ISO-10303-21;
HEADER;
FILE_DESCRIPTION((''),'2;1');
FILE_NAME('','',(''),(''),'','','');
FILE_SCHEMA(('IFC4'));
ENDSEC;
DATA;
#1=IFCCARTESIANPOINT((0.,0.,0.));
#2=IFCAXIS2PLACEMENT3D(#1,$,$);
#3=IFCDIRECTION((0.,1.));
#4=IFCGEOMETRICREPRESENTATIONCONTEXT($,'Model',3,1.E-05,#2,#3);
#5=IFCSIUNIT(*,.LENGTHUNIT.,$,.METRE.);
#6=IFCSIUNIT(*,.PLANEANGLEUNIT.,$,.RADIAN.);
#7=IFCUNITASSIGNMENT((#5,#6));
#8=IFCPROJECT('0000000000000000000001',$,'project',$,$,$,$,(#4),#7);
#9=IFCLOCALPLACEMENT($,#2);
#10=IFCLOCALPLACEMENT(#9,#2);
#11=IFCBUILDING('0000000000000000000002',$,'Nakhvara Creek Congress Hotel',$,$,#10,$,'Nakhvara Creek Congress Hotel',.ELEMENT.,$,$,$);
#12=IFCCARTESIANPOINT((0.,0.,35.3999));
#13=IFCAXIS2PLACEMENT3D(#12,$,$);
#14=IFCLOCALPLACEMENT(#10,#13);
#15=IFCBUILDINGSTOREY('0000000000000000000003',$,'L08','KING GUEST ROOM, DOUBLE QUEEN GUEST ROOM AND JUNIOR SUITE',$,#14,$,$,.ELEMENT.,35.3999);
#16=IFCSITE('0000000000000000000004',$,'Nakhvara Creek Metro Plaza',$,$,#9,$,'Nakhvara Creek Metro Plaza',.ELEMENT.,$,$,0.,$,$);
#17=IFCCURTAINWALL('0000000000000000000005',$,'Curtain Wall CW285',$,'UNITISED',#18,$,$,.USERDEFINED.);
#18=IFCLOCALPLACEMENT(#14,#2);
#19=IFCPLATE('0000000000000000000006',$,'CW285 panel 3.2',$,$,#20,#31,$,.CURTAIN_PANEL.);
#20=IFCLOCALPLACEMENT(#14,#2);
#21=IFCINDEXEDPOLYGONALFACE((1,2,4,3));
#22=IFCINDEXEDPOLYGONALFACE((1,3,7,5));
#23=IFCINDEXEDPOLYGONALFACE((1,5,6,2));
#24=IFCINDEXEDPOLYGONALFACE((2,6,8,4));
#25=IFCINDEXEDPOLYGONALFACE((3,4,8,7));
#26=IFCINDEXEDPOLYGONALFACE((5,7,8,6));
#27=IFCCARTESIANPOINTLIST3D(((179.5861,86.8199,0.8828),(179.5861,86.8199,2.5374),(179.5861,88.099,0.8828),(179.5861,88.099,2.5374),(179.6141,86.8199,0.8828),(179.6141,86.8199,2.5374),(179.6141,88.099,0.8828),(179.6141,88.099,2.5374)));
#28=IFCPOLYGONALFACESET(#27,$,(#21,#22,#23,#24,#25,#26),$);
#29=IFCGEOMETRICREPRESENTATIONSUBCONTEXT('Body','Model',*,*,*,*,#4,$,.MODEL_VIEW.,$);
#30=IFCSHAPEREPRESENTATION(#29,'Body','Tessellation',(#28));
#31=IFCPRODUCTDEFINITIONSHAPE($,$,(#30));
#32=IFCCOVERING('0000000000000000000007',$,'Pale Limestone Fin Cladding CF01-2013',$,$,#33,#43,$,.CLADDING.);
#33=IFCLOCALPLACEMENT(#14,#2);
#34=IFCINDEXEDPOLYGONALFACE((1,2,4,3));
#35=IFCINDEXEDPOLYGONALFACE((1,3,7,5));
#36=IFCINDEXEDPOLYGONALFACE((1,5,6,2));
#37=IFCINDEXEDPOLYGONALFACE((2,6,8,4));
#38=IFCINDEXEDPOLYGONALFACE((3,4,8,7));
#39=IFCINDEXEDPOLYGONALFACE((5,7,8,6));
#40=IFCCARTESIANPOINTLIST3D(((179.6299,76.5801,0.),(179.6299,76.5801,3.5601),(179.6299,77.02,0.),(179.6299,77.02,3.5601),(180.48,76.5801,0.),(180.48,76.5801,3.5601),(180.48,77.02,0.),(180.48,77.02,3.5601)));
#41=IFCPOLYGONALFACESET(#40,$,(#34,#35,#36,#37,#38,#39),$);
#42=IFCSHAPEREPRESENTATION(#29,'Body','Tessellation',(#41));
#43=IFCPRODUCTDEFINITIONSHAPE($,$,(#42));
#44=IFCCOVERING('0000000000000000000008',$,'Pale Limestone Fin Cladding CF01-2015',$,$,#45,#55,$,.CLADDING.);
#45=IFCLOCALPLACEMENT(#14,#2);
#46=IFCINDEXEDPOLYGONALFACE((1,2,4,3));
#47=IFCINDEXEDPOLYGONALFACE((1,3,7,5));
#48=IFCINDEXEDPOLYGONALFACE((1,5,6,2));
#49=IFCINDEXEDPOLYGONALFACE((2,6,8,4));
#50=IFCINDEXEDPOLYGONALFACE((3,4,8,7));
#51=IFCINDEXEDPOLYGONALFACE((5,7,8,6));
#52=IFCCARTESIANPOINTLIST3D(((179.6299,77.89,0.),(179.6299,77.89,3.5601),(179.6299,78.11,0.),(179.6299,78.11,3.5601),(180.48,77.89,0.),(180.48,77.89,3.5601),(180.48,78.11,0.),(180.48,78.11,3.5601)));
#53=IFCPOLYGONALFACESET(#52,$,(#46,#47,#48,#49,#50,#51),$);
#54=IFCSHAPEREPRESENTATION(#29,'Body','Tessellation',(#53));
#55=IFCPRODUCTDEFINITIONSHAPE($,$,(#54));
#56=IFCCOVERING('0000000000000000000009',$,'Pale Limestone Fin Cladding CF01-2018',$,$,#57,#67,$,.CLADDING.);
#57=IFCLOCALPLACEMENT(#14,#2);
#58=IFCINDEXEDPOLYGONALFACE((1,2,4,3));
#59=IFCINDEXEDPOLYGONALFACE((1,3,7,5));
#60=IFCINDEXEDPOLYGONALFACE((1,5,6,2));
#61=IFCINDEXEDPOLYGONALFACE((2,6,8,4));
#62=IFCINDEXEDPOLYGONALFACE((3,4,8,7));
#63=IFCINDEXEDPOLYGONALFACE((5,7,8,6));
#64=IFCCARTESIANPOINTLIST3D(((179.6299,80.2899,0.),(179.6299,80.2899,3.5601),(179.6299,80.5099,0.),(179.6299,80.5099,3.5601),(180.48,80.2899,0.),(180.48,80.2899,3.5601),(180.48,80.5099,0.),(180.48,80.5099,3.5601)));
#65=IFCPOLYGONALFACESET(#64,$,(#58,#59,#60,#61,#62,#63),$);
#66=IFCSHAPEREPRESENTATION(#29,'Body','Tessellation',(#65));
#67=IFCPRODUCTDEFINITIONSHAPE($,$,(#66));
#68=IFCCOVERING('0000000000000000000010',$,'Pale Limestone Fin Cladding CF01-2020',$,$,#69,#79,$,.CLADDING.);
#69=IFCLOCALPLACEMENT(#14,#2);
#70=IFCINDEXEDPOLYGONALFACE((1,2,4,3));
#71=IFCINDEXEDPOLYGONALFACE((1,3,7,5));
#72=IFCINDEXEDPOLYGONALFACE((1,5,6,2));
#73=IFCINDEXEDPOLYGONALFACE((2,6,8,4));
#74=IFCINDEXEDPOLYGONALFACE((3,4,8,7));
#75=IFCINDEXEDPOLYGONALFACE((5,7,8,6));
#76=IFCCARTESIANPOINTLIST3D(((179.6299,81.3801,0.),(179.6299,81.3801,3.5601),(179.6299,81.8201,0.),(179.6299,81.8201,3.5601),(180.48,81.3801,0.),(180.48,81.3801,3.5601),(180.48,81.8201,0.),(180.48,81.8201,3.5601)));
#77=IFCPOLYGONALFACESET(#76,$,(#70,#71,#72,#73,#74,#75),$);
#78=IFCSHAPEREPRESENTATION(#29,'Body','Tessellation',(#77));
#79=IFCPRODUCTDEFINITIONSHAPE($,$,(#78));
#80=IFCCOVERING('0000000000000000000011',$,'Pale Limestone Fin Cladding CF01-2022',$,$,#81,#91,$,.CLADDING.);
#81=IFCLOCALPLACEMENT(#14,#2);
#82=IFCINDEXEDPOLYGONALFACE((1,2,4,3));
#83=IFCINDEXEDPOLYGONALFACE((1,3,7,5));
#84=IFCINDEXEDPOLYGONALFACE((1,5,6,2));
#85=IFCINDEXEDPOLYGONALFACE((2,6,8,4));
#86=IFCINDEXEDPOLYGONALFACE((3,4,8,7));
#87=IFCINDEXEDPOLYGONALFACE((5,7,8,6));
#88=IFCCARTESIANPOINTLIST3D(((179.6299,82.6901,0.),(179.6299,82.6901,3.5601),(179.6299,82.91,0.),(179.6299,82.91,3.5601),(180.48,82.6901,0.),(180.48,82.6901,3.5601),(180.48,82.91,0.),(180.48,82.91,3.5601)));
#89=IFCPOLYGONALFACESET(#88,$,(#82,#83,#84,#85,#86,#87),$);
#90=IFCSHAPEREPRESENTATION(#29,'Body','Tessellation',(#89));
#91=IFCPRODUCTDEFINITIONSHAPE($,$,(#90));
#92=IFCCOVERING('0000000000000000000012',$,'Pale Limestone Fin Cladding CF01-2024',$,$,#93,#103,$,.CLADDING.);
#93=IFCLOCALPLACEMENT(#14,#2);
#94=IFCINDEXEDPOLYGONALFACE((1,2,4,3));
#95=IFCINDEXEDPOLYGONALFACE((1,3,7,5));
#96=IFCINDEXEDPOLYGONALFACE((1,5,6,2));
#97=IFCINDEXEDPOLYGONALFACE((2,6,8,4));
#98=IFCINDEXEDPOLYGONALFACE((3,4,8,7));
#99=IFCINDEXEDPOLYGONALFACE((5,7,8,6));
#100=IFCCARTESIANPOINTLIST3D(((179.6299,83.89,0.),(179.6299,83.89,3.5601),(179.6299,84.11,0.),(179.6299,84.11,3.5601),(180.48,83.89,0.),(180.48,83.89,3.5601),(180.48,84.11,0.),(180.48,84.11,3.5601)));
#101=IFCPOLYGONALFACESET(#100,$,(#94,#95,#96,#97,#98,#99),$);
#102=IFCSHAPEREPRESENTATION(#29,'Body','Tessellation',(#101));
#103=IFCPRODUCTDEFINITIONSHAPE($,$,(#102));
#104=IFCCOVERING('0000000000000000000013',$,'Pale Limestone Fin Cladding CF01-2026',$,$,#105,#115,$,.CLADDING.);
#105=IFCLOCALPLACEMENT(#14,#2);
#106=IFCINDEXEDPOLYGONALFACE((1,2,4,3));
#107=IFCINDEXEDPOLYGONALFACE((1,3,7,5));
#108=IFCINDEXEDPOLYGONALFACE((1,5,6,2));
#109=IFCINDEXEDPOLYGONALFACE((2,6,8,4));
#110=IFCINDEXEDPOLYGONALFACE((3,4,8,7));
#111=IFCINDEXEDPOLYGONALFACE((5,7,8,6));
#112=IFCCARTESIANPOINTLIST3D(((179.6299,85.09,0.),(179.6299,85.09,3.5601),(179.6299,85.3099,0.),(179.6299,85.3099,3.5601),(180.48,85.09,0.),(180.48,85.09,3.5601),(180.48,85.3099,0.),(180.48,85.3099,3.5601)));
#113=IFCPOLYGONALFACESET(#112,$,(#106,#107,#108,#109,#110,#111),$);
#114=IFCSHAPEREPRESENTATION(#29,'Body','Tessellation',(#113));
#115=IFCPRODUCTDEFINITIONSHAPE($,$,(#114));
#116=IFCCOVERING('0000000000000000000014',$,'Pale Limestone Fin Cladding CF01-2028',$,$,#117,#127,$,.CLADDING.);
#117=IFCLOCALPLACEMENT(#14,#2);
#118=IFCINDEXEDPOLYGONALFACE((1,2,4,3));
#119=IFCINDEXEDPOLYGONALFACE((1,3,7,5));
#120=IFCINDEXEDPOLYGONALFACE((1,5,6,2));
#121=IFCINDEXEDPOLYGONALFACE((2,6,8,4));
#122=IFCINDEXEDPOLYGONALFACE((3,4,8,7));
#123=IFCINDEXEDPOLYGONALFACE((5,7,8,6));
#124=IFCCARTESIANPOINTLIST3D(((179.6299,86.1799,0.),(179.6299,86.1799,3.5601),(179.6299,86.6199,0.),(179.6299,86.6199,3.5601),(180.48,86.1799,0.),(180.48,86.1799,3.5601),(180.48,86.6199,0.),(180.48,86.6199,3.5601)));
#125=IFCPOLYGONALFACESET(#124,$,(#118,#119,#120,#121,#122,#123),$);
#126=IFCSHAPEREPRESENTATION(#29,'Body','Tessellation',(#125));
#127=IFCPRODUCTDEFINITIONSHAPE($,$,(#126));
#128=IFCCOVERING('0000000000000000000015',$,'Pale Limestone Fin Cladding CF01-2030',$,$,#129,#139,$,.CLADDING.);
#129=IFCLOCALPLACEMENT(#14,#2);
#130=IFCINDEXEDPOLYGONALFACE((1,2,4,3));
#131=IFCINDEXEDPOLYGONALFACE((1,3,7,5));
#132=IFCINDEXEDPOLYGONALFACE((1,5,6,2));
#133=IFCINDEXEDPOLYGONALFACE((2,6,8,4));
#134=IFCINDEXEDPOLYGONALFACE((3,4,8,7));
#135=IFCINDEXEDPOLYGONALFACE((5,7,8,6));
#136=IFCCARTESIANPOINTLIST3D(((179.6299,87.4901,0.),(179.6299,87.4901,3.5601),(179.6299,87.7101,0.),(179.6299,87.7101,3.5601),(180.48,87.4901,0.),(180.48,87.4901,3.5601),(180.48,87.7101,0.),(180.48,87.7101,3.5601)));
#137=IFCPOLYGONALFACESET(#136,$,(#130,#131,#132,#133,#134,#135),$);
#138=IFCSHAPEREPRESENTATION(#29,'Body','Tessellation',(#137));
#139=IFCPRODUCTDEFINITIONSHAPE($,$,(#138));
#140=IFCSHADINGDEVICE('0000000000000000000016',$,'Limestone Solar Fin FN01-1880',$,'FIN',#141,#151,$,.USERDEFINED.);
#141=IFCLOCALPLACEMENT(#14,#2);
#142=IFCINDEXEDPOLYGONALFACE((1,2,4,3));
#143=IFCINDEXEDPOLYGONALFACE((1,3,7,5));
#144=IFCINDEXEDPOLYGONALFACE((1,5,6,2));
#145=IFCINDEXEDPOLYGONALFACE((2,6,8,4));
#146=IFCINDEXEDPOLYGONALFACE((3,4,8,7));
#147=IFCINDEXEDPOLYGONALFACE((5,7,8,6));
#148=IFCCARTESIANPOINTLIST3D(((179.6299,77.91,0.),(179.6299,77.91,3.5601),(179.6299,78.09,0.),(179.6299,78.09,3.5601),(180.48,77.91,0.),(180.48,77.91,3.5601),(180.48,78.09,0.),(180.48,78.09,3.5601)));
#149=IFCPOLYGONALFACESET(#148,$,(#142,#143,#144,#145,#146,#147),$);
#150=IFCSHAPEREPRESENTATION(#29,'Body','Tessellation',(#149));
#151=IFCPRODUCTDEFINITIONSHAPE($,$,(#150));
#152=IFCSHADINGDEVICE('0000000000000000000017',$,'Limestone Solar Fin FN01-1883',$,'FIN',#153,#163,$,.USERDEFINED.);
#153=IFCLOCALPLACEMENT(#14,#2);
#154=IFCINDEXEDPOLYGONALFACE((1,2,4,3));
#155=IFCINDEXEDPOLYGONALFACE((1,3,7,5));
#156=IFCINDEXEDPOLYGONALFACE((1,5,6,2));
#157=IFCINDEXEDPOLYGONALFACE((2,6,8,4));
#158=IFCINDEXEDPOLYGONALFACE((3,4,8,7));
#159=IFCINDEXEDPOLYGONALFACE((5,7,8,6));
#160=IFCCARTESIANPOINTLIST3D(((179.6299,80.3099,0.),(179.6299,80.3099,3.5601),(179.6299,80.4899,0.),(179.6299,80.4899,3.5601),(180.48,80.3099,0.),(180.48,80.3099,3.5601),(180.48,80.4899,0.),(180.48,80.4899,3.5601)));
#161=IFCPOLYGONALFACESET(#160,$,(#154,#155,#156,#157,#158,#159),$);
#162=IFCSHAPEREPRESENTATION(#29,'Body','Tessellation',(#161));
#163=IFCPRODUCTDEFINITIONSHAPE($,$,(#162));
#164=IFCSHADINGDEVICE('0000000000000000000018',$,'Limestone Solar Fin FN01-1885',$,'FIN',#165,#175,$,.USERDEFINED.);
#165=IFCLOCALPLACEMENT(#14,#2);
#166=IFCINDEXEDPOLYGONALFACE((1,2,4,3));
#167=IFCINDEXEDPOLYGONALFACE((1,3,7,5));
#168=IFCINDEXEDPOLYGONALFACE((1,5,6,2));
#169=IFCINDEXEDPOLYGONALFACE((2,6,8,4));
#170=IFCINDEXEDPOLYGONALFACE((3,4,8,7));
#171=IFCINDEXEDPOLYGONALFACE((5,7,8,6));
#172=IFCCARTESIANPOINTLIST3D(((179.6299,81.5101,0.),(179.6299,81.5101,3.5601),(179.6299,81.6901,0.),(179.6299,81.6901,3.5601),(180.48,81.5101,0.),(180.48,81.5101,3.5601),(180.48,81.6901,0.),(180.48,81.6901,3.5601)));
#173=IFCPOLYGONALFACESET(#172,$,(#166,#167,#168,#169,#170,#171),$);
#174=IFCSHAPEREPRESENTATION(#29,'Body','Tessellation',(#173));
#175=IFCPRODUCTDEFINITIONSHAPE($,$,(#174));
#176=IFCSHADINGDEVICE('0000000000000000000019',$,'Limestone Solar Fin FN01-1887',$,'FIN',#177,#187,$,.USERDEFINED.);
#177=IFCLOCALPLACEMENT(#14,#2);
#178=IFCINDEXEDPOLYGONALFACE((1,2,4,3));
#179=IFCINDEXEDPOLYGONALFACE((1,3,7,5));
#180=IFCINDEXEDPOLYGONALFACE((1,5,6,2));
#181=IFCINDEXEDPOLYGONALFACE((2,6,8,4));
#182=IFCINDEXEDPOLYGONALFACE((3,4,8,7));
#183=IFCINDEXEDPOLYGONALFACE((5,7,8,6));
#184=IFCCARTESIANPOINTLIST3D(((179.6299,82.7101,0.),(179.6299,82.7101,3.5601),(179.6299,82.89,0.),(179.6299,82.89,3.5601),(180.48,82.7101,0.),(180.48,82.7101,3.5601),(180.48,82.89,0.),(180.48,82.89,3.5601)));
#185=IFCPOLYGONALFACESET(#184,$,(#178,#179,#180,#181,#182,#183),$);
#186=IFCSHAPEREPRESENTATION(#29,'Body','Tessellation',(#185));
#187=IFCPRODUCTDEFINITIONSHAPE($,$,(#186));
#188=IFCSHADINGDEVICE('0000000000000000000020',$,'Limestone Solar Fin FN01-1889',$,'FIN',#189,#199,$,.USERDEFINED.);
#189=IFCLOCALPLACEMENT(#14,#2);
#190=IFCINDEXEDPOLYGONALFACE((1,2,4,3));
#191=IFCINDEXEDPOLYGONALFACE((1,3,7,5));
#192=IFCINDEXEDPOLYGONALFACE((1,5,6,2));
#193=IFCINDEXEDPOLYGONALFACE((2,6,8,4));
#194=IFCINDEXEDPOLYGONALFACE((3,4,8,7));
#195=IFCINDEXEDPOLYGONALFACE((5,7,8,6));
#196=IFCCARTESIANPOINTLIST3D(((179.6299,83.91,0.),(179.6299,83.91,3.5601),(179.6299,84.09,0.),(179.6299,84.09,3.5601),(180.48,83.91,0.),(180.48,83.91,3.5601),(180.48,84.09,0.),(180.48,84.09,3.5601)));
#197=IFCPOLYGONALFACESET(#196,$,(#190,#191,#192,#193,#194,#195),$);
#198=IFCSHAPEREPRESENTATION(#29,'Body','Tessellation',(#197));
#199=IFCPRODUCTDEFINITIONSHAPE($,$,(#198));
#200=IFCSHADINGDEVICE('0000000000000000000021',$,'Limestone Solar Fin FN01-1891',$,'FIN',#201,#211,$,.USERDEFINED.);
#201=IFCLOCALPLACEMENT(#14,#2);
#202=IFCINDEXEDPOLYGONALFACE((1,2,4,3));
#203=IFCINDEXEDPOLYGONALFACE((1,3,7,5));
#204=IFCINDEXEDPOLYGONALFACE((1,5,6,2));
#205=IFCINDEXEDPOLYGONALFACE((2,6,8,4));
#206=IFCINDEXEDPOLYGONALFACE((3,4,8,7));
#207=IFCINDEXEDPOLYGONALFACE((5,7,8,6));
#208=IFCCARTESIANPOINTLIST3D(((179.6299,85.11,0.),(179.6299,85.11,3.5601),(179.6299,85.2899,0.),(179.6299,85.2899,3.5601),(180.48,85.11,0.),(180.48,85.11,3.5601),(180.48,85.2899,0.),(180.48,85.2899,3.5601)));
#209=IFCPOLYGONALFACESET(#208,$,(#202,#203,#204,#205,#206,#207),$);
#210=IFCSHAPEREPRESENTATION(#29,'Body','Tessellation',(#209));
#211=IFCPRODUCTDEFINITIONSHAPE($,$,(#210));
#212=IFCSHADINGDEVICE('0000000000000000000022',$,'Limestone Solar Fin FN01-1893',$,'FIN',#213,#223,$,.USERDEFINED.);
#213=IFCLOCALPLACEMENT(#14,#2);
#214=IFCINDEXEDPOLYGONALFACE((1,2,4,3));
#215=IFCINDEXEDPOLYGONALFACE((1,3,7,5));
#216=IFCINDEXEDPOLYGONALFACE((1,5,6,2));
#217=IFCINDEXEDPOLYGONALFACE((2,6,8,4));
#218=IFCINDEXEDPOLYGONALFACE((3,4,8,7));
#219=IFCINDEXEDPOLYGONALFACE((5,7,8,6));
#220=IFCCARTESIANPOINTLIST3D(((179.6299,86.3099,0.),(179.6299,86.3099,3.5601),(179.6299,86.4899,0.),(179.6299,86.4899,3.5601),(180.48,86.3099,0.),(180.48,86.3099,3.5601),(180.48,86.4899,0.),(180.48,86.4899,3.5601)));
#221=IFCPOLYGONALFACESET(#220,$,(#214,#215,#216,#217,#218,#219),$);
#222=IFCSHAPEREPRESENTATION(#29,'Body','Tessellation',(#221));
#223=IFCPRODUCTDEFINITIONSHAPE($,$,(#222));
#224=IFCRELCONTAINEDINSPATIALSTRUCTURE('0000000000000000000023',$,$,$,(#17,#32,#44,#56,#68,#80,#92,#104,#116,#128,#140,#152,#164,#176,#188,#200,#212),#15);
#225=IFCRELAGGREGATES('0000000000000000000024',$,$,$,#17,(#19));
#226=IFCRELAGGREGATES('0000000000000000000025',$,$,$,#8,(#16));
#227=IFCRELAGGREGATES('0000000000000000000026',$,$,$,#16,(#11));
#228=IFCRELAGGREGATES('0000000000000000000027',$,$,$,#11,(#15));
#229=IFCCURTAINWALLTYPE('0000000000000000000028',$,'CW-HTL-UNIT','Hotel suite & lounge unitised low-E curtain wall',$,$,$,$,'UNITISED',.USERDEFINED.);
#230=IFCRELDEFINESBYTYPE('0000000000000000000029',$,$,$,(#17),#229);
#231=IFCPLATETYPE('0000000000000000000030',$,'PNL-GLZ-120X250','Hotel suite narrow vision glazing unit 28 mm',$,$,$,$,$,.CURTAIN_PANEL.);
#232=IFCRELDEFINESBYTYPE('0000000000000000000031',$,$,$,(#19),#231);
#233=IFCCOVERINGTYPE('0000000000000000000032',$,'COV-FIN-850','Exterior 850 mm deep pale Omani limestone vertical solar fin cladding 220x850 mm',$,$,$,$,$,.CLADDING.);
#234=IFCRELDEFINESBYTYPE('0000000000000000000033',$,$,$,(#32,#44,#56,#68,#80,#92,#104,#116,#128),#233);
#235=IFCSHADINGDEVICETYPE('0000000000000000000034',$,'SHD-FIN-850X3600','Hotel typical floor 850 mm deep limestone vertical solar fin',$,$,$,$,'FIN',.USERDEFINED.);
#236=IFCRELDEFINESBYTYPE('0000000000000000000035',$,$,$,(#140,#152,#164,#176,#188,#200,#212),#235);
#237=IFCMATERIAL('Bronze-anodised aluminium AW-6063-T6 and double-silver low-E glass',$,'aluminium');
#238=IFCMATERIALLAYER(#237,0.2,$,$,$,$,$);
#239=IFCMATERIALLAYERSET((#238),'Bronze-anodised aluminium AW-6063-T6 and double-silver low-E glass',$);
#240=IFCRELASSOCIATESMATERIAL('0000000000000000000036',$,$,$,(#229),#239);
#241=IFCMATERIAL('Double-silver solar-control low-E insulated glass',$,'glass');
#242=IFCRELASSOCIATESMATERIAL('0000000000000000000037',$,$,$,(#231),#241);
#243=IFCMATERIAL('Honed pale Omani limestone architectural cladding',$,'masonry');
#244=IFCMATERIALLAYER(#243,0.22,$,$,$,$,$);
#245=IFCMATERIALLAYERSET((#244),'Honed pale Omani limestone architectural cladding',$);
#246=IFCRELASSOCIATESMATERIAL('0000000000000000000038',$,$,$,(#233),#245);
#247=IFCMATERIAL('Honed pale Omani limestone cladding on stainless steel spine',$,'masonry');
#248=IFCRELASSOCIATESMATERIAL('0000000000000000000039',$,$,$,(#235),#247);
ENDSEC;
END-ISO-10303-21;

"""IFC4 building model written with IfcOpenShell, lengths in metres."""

from ifc_helpers import new_model, si_unit, direction, frame, origin, origin_2d, place, context, subcontext, project, spatial, rectangle, extrude, material, layer, layer_set, type_object, element, aggregate, save


model = new_model("IFC4")

# Units and contexts
model_context = context("Model", 3, precision=1e-05, world=origin(), true_north=direction((0.0, 1.0)))
body_context = subcontext(model_context, "Body", "Model", "MODEL_VIEW")
ifc_project = project(units=[si_unit("LENGTHUNIT", "METRE"), si_unit("PLANEANGLEUNIT", "RADIAN")], contexts=[model_context])

# Site, building, storey
site_placement = place(None, origin())
site = spatial("IfcSite", under=ifc_project, at=site_placement, Name="Nakhvara Creek Metro Plaza", LongName="Nakhvara Creek Metro Plaza", CompositionType="ELEMENT", RefElevation=0.0)
building_placement = place(site_placement, origin())
building = spatial("IfcBuilding", under=site, at=building_placement, Name="Nakhvara Creek Congress Hotel", LongName="Nakhvara Creek Congress Hotel", CompositionType="ELEMENT")
storey_placement = place(building_placement, frame((0.0, 0.0, 35.3999)))
storey = spatial("IfcBuildingStorey", under=building, at=storey_placement, Name="L08", Description="KING GUEST ROOM, DOUBLE QUEEN GUEST ROOM AND JUNIOR SUITE", CompositionType="ELEMENT", Elevation=35.3999)

# Shared definitions
ifc_material_1 = material(Name="Bronze-anodised aluminium AW-6063-T6 and double-silver low-E glass", Category="aluminium")
ifc_layer_1 = layer(ifc_material_1, 0.2)
ifc_layer_set_1 = layer_set([ifc_layer_1], Name="Bronze-anodised aluminium AW-6063-T6 and double-silver low-E glass")
curtain_wall_type = type_object("IfcCurtainWallType", Name="CW-HTL-UNIT", Description="Hotel suite & lounge unitised low-E curtain wall", ElementType="UNITISED", PredefinedType="USERDEFINED", material=ifc_layer_set_1)

# Curtain wall
curtain_wall_1_placement = place(storey_placement, origin())
curtain_wall_1 = element("IfcCurtainWall", 1, at=curtain_wall_1_placement, inside=storey, type_object=curtain_wall_type, Name="Curtain Wall CW285", ObjectType="UNITISED", PredefinedType="USERDEFINED")

# Plate
ifc_material_2 = material(Name="Double-silver solar-control low-E insulated glass", Category="glass")
plate_type = type_object("IfcPlateType", Name="PNL-GLZ-120X250", Description="Hotel suite narrow vision glazing unit 28 mm", PredefinedType="CURTAIN_PANEL", material=ifc_material_2)
plate_1_placement = place(storey_placement, frame((179.6001, 87.4595, 0.8828), z_axis=(0.0, 0.0, 1.0), x_axis=(0.0, -1.0, 0.0)))
plate_1 = element("IfcPlate", 2, at=plate_1_placement, type_object=plate_type, Name="CW285 panel 3.2", PredefinedType="CURTAIN_PANEL", context=body_context, shape_type="SweptSolid", body=[
    extrude(rectangle(XDim=1.2791, YDim=0.0281, at=origin_2d()), origin(), (0.0, 0.0, 1.0), 1.6545),
])
aggregate(curtain_wall_1, [plate_1])

# Coverings
ifc_material_3 = material(Name="Honed pale Omani limestone architectural cladding", Category="masonry")
ifc_layer_2 = layer(ifc_material_3, 0.22)
ifc_layer_set_2 = layer_set([ifc_layer_2], Name="Honed pale Omani limestone architectural cladding")
covering_type = type_object("IfcCoveringType", Name="COV-FIN-850", Description="Exterior 850 mm deep pale Omani limestone vertical solar fin cladding 220x850 mm", PredefinedType="CLADDING", material=ifc_layer_set_2)
covering_1_placement = place(storey_placement, frame((180.0549, 76.8, 0.0), z_axis=(0.0, 0.0, 1.0), x_axis=(0.0, 1.0, 0.0)))
element("IfcCovering", 3, at=covering_1_placement, inside=storey, type_object=covering_type, Name="Pale Limestone Fin Cladding CF01-2013", PredefinedType="CLADDING", context=body_context, shape_type="SweptSolid", body=[
    extrude(rectangle(XDim=0.4399, YDim=0.8501, at=origin_2d()), origin(), (0.0, 0.0, 1.0), 3.5601),
])
for number, where, z_axis, x_axis, name in (
    (4, (180.0549, 78.0, 0.0), (0.0, 0.0, 1.0), (0.0, 1.0, 0.0), "Pale Limestone Fin Cladding CF01-2015"),
    (5, (180.0549, 80.3999, 0.0), (0.0, 0.0, 1.0), (0.0, 1.0, 0.0), "Pale Limestone Fin Cladding CF01-2018"),
):
    element("IfcCovering", number, at=place(storey_placement, frame(where, z_axis=z_axis, x_axis=x_axis)), inside=storey, type_object=covering_type, Name=name, PredefinedType="CLADDING", context=body_context, shape_type="SweptSolid", body=[
        extrude(rectangle(XDim=0.22, YDim=0.8501, at=origin_2d()), origin(), (0.0, 0.0, 1.0), 3.5601),
    ])
covering_2_placement = place(storey_placement, frame((180.0549, 81.6001, 0.0), z_axis=(0.0, 0.0, 1.0), x_axis=(0.0, 1.0, 0.0)))
element("IfcCovering", 6, at=covering_2_placement, inside=storey, type_object=covering_type, Name="Pale Limestone Fin Cladding CF01-2020", PredefinedType="CLADDING", context=body_context, shape_type="SweptSolid", body=[
    extrude(rectangle(XDim=0.4399, YDim=0.8501, at=origin_2d()), origin(), (0.0, 0.0, 1.0), 3.5601),
])
for number, where, z_axis, x_axis, name in (
    (7, (180.0549, 82.8, 0.0), (0.0, 0.0, 1.0), (0.0, 1.0, 0.0), "Pale Limestone Fin Cladding CF01-2022"),
    (8, (180.0549, 84.0, 0.0), (0.0, 0.0, 1.0), (0.0, 1.0, 0.0), "Pale Limestone Fin Cladding CF01-2024"),
    (9, (180.0549, 85.2, 0.0), (0.0, 0.0, 1.0), (0.0, 1.0, 0.0), "Pale Limestone Fin Cladding CF01-2026"),
):
    element("IfcCovering", number, at=place(storey_placement, frame(where, z_axis=z_axis, x_axis=x_axis)), inside=storey, type_object=covering_type, Name=name, PredefinedType="CLADDING", context=body_context, shape_type="SweptSolid", body=[
        extrude(rectangle(XDim=0.22, YDim=0.8501, at=origin_2d()), origin(), (0.0, 0.0, 1.0), 3.5601),
    ])
covering_3_placement = place(storey_placement, frame((180.0549, 86.3999, 0.0), z_axis=(0.0, 0.0, 1.0), x_axis=(0.0, 1.0, 0.0)))
element("IfcCovering", 10, at=covering_3_placement, inside=storey, type_object=covering_type, Name="Pale Limestone Fin Cladding CF01-2028", PredefinedType="CLADDING", context=body_context, shape_type="SweptSolid", body=[
    extrude(rectangle(XDim=0.4399, YDim=0.8501, at=origin_2d()), origin(), (0.0, 0.0, 1.0), 3.5601),
])
covering_4_placement = place(storey_placement, frame((180.0549, 87.6001, 0.0), z_axis=(0.0, 0.0, 1.0), x_axis=(0.0, 1.0, 0.0)))
element("IfcCovering", 11, at=covering_4_placement, inside=storey, type_object=covering_type, Name="Pale Limestone Fin Cladding CF01-2030", PredefinedType="CLADDING", context=body_context, shape_type="SweptSolid", body=[
    extrude(rectangle(XDim=0.22, YDim=0.8501, at=origin_2d()), origin(), (0.0, 0.0, 1.0), 3.5601),
])

# Shading devices
ifc_material_4 = material(Name="Honed pale Omani limestone cladding on stainless steel spine", Category="masonry")
shading_device_type = type_object("IfcShadingDeviceType", Name="SHD-FIN-850X3600", Description="Hotel typical floor 850 mm deep limestone vertical solar fin", ElementType="FIN", PredefinedType="USERDEFINED", material=ifc_material_4)
for number, where, z_axis, x_axis, name in (
    (12, (180.0549, 78.0, 0.0), (0.0, 0.0, 1.0), (0.0, 1.0, 0.0), "Limestone Solar Fin FN01-1880"),
    (13, (180.0549, 80.3999, 0.0), (0.0, 0.0, 1.0), (0.0, 1.0, 0.0), "Limestone Solar Fin FN01-1883"),
    (14, (180.0549, 81.6001, 0.0), (0.0, 0.0, 1.0), (0.0, 1.0, 0.0), "Limestone Solar Fin FN01-1885"),
    (15, (180.0549, 82.8, 0.0), (0.0, 0.0, 1.0), (0.0, 1.0, 0.0), "Limestone Solar Fin FN01-1887"),
    (16, (180.0549, 84.0, 0.0), (0.0, 0.0, 1.0), (0.0, 1.0, 0.0), "Limestone Solar Fin FN01-1889"),
    (17, (180.0549, 85.2, 0.0), (0.0, 0.0, 1.0), (0.0, 1.0, 0.0), "Limestone Solar Fin FN01-1891"),
    (18, (180.0549, 86.3999, 0.0), (0.0, 0.0, 1.0), (0.0, 1.0, 0.0), "Limestone Solar Fin FN01-1893"),
):
    element("IfcShadingDevice", number, at=place(storey_placement, frame(where, z_axis=z_axis, x_axis=x_axis)), inside=storey, type_object=shading_device_type, Name=name, ObjectType="FIN", PredefinedType="USERDEFINED", context=body_context, shape_type="SweptSolid", body=[
        extrude(rectangle(XDim=0.1799, YDim=0.8501, at=origin_2d()), origin(), (0.0, 0.0, 1.0), 3.5601),
    ])

save(model, "model.ifc")
